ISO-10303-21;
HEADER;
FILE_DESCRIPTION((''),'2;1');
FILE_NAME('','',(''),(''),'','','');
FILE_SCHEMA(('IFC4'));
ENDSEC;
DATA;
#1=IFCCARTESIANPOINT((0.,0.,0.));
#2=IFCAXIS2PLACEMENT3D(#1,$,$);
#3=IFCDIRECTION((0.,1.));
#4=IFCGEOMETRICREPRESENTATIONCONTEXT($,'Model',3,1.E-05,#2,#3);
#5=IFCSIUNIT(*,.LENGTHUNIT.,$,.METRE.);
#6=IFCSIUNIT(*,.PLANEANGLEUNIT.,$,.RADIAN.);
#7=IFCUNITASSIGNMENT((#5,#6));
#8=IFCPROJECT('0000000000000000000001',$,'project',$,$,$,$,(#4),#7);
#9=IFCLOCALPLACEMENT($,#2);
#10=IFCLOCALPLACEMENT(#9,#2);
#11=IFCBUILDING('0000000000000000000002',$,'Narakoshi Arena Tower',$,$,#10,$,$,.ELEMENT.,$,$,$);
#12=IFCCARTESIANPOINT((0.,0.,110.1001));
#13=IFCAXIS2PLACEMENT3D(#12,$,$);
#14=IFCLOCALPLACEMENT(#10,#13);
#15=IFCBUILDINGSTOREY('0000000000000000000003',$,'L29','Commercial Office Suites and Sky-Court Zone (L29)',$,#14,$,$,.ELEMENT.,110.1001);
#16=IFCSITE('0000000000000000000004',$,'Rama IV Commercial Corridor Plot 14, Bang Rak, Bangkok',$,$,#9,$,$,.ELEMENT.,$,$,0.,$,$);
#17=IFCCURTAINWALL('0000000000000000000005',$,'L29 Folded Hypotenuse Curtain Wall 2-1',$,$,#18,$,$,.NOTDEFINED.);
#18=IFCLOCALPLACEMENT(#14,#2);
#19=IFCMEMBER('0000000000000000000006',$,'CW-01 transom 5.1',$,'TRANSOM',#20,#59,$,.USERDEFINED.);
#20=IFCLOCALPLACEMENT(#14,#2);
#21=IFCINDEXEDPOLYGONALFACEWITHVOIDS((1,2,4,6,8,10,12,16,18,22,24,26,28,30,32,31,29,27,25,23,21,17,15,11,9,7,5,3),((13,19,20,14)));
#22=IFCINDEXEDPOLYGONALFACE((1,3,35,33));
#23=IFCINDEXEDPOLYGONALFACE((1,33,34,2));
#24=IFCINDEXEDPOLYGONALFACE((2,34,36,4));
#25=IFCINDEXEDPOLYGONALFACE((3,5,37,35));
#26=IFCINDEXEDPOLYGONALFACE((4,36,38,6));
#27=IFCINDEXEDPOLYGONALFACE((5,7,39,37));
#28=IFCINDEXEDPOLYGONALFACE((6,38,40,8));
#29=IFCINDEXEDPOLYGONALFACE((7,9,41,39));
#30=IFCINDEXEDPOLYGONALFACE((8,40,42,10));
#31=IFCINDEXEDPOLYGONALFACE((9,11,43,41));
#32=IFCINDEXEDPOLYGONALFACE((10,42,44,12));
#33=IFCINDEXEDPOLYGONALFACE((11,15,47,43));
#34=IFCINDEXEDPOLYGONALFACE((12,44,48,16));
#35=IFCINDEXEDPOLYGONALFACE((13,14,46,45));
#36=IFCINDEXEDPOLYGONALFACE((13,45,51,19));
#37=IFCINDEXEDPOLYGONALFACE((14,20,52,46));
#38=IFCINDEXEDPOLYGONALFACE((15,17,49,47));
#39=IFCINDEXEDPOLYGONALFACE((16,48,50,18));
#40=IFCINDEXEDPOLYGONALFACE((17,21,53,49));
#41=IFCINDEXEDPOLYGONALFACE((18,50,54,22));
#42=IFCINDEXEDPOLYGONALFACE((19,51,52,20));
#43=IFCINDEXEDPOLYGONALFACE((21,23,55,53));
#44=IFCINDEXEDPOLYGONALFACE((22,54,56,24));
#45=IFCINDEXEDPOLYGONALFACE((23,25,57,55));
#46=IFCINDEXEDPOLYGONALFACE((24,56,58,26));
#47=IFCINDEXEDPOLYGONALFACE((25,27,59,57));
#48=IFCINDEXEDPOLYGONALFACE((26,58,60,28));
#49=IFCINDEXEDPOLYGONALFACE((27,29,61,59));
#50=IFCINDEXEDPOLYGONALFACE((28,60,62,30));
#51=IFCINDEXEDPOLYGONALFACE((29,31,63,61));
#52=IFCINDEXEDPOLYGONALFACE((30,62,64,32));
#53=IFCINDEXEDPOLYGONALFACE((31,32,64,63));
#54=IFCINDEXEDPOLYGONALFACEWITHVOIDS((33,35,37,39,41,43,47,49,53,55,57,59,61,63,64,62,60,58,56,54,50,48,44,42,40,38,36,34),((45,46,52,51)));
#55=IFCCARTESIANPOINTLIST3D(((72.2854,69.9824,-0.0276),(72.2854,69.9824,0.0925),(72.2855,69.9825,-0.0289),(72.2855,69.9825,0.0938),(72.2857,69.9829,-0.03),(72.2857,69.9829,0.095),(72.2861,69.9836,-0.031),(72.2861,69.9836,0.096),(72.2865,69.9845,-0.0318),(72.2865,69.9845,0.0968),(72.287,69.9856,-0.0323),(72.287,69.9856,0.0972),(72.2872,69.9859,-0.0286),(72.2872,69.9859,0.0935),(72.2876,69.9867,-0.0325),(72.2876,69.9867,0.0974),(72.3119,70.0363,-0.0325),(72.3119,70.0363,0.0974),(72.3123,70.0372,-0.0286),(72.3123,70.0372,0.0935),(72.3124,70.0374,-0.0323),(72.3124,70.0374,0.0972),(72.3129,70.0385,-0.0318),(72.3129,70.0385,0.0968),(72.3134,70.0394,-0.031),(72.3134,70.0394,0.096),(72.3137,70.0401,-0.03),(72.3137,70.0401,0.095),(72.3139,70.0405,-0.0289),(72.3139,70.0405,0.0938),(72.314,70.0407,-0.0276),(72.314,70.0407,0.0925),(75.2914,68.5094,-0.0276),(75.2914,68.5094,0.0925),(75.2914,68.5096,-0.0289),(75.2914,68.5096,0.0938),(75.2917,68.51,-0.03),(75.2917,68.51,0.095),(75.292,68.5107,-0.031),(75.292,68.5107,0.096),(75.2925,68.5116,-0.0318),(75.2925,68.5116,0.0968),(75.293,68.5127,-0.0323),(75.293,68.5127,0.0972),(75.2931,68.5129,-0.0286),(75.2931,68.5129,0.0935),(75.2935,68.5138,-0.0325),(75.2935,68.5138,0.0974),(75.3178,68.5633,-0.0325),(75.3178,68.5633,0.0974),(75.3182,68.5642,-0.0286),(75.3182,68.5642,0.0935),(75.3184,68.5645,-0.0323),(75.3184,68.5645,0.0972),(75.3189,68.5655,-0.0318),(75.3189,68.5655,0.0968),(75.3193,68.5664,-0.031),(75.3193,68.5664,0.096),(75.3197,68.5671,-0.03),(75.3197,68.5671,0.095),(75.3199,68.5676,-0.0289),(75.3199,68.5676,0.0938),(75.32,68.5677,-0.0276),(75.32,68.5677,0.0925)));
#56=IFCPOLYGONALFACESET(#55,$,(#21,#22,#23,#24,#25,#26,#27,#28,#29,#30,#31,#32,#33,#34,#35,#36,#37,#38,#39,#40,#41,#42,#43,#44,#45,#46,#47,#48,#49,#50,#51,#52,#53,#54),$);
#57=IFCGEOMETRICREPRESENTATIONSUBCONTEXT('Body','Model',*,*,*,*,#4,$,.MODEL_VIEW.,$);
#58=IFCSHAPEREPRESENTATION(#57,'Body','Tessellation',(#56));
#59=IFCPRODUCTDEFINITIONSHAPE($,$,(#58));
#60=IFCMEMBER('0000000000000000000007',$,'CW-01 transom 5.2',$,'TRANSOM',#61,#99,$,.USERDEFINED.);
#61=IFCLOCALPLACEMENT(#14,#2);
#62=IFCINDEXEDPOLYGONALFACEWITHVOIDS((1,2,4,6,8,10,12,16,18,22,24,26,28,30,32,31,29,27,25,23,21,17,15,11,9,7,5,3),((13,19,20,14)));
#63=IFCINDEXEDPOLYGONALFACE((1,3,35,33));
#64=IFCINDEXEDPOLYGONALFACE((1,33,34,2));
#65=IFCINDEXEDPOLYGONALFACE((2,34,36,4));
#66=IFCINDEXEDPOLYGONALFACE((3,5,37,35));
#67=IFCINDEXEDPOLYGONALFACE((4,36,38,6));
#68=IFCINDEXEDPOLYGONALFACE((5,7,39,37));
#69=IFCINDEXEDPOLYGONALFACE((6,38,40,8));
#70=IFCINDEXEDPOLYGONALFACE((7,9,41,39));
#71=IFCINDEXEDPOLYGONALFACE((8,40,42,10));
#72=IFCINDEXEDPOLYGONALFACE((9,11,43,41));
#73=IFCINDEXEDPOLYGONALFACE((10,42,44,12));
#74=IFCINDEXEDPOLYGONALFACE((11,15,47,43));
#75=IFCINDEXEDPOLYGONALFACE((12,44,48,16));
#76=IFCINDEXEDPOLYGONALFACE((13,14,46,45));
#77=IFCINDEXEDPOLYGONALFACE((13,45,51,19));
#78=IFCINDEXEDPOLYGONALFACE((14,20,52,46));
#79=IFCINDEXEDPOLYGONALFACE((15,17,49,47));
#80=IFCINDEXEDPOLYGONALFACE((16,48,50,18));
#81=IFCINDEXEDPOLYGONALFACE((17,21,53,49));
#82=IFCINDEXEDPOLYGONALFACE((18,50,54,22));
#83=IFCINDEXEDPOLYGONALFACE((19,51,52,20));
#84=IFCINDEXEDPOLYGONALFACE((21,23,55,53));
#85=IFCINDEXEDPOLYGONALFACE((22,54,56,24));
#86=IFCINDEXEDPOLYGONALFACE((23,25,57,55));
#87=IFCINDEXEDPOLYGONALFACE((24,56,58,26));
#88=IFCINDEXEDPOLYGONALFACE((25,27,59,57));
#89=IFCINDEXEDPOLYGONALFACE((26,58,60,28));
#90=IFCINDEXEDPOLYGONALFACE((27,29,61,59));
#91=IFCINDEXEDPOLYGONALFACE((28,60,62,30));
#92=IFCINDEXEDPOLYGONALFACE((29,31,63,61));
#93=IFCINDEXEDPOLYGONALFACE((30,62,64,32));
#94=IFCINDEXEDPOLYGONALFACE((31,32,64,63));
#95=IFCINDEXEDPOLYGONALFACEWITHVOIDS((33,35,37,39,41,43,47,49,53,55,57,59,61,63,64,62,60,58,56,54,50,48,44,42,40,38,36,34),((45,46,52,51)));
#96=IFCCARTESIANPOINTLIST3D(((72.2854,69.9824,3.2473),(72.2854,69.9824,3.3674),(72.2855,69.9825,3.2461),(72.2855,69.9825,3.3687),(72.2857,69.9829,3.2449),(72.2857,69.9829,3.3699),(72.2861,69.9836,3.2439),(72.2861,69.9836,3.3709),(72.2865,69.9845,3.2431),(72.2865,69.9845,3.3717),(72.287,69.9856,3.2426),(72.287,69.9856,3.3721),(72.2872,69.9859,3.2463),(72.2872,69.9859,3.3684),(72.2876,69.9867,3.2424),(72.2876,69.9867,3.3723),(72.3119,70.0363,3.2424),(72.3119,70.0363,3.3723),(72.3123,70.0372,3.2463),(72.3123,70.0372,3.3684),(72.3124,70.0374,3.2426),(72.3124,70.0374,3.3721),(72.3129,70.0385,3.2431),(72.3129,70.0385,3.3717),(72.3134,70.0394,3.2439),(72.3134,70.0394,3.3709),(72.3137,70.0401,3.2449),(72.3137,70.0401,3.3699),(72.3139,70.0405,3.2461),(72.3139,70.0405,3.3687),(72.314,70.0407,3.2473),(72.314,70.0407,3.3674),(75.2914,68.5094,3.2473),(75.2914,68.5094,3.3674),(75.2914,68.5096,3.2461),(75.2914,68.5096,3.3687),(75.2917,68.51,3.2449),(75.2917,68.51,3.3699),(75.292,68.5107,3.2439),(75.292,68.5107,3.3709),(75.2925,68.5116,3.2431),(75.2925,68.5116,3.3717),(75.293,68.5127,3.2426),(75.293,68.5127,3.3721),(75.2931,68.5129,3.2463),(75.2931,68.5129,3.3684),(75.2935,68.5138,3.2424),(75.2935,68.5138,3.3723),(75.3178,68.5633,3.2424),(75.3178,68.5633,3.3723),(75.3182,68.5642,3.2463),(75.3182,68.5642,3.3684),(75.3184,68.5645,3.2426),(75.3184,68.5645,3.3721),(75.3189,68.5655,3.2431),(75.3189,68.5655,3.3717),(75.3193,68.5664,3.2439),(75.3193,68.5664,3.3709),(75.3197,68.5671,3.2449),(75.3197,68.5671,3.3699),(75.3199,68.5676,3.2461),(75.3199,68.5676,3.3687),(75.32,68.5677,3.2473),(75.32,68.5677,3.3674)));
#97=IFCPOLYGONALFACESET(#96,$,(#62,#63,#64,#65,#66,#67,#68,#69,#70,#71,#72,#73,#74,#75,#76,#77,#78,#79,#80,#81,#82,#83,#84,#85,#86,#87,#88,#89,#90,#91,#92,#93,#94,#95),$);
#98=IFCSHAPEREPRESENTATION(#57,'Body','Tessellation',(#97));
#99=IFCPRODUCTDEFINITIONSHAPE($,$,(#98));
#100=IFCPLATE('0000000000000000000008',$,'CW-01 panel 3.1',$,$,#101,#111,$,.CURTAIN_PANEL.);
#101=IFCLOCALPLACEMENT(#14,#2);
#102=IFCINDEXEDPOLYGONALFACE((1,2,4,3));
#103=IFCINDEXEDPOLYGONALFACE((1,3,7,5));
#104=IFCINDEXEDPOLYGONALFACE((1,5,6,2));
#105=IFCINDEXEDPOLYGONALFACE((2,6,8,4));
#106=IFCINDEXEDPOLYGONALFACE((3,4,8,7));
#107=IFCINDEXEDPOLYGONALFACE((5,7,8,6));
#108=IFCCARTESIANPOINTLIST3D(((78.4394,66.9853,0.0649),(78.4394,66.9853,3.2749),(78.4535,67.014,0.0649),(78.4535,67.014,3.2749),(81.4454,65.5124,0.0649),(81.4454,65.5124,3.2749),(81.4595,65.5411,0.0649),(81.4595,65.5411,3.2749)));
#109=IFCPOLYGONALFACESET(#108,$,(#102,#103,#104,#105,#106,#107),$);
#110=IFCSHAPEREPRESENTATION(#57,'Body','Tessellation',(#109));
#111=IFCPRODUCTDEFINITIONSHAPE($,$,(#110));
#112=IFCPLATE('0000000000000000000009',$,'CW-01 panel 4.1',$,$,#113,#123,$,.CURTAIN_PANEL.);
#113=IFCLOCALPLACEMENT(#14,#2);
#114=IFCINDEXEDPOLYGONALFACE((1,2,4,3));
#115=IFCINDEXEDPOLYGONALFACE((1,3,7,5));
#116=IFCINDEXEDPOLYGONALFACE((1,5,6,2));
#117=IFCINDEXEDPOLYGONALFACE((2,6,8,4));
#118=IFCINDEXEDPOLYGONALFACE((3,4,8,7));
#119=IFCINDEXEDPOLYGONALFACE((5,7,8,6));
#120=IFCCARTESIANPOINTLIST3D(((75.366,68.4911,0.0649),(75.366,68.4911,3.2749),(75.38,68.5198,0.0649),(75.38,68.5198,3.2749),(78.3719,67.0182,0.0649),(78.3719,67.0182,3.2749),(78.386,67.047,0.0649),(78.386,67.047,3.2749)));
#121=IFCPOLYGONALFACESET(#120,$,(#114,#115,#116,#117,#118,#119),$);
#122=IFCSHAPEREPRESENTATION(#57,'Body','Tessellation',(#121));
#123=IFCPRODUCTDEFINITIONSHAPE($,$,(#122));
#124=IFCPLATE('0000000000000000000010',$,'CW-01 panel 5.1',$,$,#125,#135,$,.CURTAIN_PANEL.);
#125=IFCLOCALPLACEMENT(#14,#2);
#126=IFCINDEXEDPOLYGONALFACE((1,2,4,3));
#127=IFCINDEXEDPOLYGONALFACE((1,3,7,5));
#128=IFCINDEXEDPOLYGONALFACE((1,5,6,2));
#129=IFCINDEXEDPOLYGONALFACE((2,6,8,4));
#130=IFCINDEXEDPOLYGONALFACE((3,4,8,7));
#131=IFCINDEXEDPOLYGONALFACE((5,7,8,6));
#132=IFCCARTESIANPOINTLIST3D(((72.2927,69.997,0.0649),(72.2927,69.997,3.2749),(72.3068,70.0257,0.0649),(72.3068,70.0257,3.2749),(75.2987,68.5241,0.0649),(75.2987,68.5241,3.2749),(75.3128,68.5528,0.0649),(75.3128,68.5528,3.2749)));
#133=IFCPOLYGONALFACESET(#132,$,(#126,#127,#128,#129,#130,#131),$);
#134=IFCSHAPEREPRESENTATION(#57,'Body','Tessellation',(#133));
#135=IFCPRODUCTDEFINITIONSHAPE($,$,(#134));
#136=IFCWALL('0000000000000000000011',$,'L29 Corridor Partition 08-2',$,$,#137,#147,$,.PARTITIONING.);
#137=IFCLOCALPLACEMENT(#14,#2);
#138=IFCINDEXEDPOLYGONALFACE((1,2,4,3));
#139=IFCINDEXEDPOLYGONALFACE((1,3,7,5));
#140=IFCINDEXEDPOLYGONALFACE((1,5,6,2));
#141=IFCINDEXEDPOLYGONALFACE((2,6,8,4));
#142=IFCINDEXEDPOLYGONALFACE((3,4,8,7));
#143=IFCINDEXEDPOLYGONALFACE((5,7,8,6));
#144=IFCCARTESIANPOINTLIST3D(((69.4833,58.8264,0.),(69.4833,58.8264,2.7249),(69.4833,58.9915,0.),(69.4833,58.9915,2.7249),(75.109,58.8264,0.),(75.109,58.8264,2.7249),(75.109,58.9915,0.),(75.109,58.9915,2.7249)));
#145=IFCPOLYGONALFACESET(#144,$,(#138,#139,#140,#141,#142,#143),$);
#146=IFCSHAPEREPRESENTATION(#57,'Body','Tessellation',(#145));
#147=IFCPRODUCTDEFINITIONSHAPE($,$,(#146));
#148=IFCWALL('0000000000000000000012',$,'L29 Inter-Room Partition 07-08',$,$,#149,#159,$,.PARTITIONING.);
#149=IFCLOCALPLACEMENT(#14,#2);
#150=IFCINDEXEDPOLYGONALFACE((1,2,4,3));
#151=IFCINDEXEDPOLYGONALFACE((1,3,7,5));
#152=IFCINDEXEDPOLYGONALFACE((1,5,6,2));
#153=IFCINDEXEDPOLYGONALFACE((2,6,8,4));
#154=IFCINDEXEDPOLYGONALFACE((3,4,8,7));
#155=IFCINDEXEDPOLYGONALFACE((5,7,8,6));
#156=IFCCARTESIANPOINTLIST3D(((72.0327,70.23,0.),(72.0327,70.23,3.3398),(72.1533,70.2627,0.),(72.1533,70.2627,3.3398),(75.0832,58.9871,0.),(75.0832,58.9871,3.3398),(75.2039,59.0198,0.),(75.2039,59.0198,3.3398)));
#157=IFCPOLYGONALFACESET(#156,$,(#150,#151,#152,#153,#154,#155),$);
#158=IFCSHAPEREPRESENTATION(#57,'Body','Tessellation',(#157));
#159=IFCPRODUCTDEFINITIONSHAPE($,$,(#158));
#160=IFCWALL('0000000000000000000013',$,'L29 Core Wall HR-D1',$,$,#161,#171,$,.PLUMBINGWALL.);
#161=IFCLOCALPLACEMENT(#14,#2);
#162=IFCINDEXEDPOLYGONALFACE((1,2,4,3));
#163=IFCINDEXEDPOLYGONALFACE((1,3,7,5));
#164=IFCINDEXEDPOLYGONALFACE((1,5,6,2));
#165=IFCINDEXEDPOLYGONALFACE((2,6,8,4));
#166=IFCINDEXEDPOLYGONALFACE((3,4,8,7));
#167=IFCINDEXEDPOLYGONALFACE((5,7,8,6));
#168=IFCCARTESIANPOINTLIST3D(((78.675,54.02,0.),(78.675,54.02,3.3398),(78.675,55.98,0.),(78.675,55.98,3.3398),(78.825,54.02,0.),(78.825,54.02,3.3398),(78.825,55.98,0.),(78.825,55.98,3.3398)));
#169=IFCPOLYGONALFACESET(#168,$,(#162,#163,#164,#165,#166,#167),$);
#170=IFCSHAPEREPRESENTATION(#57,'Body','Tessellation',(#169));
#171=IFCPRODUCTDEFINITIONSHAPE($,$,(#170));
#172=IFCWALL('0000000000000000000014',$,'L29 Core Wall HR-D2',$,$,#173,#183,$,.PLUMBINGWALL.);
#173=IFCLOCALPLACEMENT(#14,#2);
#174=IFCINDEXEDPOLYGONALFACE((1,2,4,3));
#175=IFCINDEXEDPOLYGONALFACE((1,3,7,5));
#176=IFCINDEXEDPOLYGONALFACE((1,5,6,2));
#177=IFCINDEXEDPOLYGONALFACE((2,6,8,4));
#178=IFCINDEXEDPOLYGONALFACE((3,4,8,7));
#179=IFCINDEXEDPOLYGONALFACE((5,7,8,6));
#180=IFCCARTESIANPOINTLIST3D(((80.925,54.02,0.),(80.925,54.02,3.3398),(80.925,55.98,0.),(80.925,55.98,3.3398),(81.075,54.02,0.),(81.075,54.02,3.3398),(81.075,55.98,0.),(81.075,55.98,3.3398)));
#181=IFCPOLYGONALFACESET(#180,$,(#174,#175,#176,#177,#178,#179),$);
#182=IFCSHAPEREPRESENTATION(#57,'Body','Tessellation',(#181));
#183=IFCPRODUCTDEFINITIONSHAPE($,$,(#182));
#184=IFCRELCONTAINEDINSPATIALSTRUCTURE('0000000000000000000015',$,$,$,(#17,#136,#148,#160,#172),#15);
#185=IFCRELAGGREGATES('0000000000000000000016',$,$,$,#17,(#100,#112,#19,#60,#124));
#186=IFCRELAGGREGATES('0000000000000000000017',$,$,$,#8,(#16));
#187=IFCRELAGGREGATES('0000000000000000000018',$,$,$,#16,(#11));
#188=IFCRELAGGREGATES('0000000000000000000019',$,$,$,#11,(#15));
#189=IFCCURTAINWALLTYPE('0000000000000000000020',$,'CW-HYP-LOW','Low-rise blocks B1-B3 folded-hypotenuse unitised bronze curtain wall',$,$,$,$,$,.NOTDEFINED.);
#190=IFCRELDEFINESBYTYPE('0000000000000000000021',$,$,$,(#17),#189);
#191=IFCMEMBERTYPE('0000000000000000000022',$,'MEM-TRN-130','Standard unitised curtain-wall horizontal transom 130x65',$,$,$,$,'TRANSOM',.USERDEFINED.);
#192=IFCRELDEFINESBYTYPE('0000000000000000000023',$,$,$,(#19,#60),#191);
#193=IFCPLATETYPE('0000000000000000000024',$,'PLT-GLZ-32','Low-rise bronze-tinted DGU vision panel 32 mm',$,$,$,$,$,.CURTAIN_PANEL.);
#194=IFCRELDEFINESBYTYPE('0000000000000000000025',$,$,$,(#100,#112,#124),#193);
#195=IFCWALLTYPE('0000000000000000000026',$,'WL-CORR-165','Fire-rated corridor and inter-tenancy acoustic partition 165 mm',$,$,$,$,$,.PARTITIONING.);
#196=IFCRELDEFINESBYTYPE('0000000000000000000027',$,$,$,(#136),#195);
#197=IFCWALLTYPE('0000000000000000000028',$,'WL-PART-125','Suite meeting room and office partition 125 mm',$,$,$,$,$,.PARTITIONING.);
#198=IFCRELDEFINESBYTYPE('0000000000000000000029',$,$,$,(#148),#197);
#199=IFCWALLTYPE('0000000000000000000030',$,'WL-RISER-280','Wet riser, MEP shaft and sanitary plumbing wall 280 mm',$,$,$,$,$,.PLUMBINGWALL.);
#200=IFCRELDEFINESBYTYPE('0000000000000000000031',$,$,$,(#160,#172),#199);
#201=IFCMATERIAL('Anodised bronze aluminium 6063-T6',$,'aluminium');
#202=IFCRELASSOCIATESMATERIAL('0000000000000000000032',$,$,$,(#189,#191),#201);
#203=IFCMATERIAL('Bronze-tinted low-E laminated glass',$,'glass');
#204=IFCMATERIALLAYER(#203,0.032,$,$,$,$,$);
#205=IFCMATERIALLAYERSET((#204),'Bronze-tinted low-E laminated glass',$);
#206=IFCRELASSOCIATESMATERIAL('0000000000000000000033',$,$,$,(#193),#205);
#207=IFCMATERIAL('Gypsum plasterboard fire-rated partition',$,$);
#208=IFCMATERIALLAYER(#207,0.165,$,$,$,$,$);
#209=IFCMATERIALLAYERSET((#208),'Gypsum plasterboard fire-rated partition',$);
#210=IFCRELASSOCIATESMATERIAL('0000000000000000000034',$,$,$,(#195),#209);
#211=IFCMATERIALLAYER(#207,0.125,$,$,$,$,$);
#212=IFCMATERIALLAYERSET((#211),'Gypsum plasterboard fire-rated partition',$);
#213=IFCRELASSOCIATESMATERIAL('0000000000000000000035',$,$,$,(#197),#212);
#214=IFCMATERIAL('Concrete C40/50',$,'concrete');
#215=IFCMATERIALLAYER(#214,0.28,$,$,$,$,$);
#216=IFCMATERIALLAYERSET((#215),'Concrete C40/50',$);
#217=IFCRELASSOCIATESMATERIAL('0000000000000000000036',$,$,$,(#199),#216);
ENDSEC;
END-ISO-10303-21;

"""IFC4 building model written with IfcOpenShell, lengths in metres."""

from ifc_helpers import new_model, si_unit, direction, frame, frame_2d, origin, origin_2d, place, context, subcontext, project, spatial, rectangle, hollow_rectangle, extrude, material, layer, layer_set, material_profile, profile_set, type_object, element, aggregate, save


model = new_model("IFC4")

# Units and contexts
model_context = context("Model", 3, precision=1e-05, world=origin(), true_north=direction((0.0, 1.0)))
body_context = subcontext(model_context, "Body", "Model", "MODEL_VIEW")
ifc_project = project(units=[si_unit("LENGTHUNIT", "METRE"), si_unit("PLANEANGLEUNIT", "RADIAN")], contexts=[model_context])

# Site, building, storey
site_placement = place(None, origin())
site = spatial("IfcSite", under=ifc_project, at=site_placement, Name="Rama IV Commercial Corridor Plot 14, Bang Rak, Bangkok", CompositionType="ELEMENT", RefElevation=0.0)
building_placement = place(site_placement, origin())
building = spatial("IfcBuilding", under=site, at=building_placement, Name="Narakoshi Arena Tower", CompositionType="ELEMENT")
storey_placement = place(building_placement, frame((0.0, 0.0, 110.1001)))
storey = spatial("IfcBuildingStorey", under=building, at=storey_placement, Name="L29", Description="Commercial Office Suites and Sky-Court Zone (L29)", CompositionType="ELEMENT", Elevation=110.1001)

# Curtain wall, members, plates
ifc_material_1 = material(Name="Anodised bronze aluminium 6063-T6", Category="aluminium")
curtain_wall_type = type_object("IfcCurtainWallType", Name="CW-HYP-LOW", Description="Low-rise blocks B1-B3 folded-hypotenuse unitised bronze curtain wall", PredefinedType="NOTDEFINED", material=ifc_material_1)
curtain_wall_placement = place(storey_placement, origin())
curtain_wall = element("IfcCurtainWall", 1, at=curtain_wall_placement, inside=storey, type_object=curtain_wall_type, Name="L29 Folded Hypotenuse Curtain Wall 2-1", PredefinedType="NOTDEFINED")
ifc_material_profile_1 = material_profile(ifc_material_1, hollow_rectangle(XDim=0.0649, YDim=0.1299, WallThickness=0.0039, OuterFilletRadius=0.0049, at=origin_2d()), Name="TRN130x65x4")
ifc_profile_set_1 = profile_set([ifc_material_profile_1], Name="Anodised bronze aluminium 6063-T6")
member_type_1 = type_object("IfcMemberType", Name="MEM-TRN-130", Description="Standard unitised curtain-wall horizontal transom 130x65", ElementType="TRANSOM", PredefinedType="USERDEFINED", material=ifc_profile_set_1)
member_1_placement = place(storey_placement, frame((75.3057, 68.5386, 0.0325), z_axis=(-0.897987, 0.440022, 0.0), x_axis=(-0.440022, -0.897987, 0.0)))
member_1 = element("IfcMember", 2, at=member_1_placement, type_object=member_type_1, Name="CW-01 transom 5.1", ObjectType="TRANSOM", PredefinedType="USERDEFINED", context=body_context, shape_type="SweptSolid", body=[
    extrude(hollow_rectangle(XDim=0.0649, YDim=0.1299, WallThickness=0.0039, OuterFilletRadius=0.0049, at=origin_2d()), origin(), (0.0, 0.0, 1.0), 3.3474),
])
member_2_placement = place(storey_placement, frame((75.3057, 68.5386, 3.3074), z_axis=(-0.897987, 0.440022, 0.0), x_axis=(-0.440022, -0.897987, 0.0)))
member_2 = element("IfcMember", 3, at=member_2_placement, type_object=member_type_1, Name="CW-01 transom 5.2", ObjectType="TRANSOM", PredefinedType="USERDEFINED", context=body_context, shape_type="SweptSolid", body=[
    extrude(hollow_rectangle(XDim=0.0649, YDim=0.1299, WallThickness=0.0039, OuterFilletRadius=0.0049, at=origin_2d()), origin(), (0.0, 0.0, 1.0), 3.3474),
])
ifc_material_2 = material(Name="Bronze-tinted low-E laminated glass", Category="glass")
ifc_layer_1 = layer(ifc_material_2, 0.032)
ifc_layer_set_1 = layer_set([ifc_layer_1], Name="Bronze-tinted low-E laminated glass")
plate_type = type_object("IfcPlateType", Name="PLT-GLZ-32", Description="Low-rise bronze-tinted DGU vision panel 32 mm", PredefinedType="CURTAIN_PANEL", material=ifc_layer_set_1)
plate_1_placement = place(storey_placement, frame((79.9495, 66.2632, 0.0649), z_axis=(0.0, 0.0, 1.0), x_axis=(-0.897996, 0.440005, 0.0)))
plate_1 = element("IfcPlate", 4, at=plate_1_placement, type_object=plate_type, Name="CW-01 panel 3.1", PredefinedType="CURTAIN_PANEL", context=body_context, shape_type="SweptSolid", body=[
    extrude(rectangle(XDim=3.3474, YDim=0.032, at=origin_2d()), origin(), (0.0, 0.0, 1.0), 3.21),
])
plate_2_placement = place(storey_placement, frame((76.876, 67.769, 0.0649), z_axis=(0.0, 0.0, 1.0), x_axis=(-0.897996, 0.440005, 0.0)))
plate_2 = element("IfcPlate", 5, at=plate_2_placement, type_object=plate_type, Name="CW-01 panel 4.1", PredefinedType="CURTAIN_PANEL", context=body_context, shape_type="SweptSolid", body=[
    extrude(rectangle(XDim=3.3474, YDim=0.032, at=origin_2d()), origin(), (0.0, 0.0, 1.0), 3.21),
])
plate_3_placement = place(storey_placement, frame((73.8027, 69.2749, 0.0649), z_axis=(0.0, 0.0, 1.0), x_axis=(-0.897996, 0.440005, 0.0)))
plate_3 = element("IfcPlate", 6, at=plate_3_placement, type_object=plate_type, Name="CW-01 panel 5.1", PredefinedType="CURTAIN_PANEL", context=body_context, shape_type="SweptSolid", body=[
    extrude(rectangle(XDim=3.3474, YDim=0.032, at=origin_2d()), origin(), (0.0, 0.0, 1.0), 3.21),
])
aggregate(curtain_wall, [plate_1, plate_2, member_1, member_2, plate_3])

# Walls
ifc_material_3 = material(Name="Gypsum plasterboard fire-rated partition")
ifc_layer_2 = layer(ifc_material_3, 0.165)
ifc_layer_set_2 = layer_set([ifc_layer_2], Name="Gypsum plasterboard fire-rated partition")
wall_type_1 = type_object("IfcWallType", Name="WL-CORR-165", Description="Fire-rated corridor and inter-tenancy acoustic partition 165 mm", PredefinedType="PARTITIONING", material=ifc_layer_set_2)
wall_1_placement = place(storey_placement, frame((75.1091, 58.9089, 0.0), z_axis=(0.0, 0.0, 1.0), x_axis=(-1.0, 0.0, 0.0)))
element("IfcWall", 7, at=wall_1_placement, inside=storey, type_object=wall_type_1, Name="L29 Corridor Partition 08-2", PredefinedType="PARTITIONING", context=body_context, shape_type="SweptSolid", body=[
    extrude(rectangle(XDim=5.6257, YDim=0.165, at=frame_2d((2.813, 0.0))), origin(), (0.0, 0.0, 1.0), 2.7249),
])
ifc_layer_3 = layer(ifc_material_3, 0.125)
ifc_layer_set_3 = layer_set([ifc_layer_3], Name="Gypsum plasterboard fire-rated partition")
wall_type_2 = type_object("IfcWallType", Name="WL-PART-125", Description="Suite meeting room and office partition 125 mm", PredefinedType="PARTITIONING", material=ifc_layer_set_3)
wall_2_placement = place(storey_placement, frame((75.1436, 59.0034, 0.0), z_axis=(0.0, 0.0, 1.0), x_axis=(-0.261862, 0.965105, 0.0)))
element("IfcWall", 8, at=wall_2_placement, inside=storey, type_object=wall_type_2, Name="L29 Inter-Room Partition 07-08", PredefinedType="PARTITIONING", context=body_context, shape_type="SweptSolid", body=[
    extrude(rectangle(XDim=11.6494, YDim=0.125, at=frame_2d((5.8247, 0.0))), origin(), (0.0, 0.0, 1.0), 3.3398),
])
ifc_material_4 = material(Name="Concrete C40/50", Category="concrete")
ifc_layer_4 = layer(ifc_material_4, 0.28)
ifc_layer_set_4 = layer_set([ifc_layer_4], Name="Concrete C40/50")
wall_type_3 = type_object("IfcWallType", Name="WL-RISER-280", Description="Wet riser, MEP shaft and sanitary plumbing wall 280 mm", PredefinedType="PLUMBINGWALL", material=ifc_layer_set_4)
for number, where, z_axis, x_axis, name in (
    (9, (78.75, 54.02, 0.0), (0.0, 0.0, 1.0), (0.0, 1.0, 0.0), "L29 Core Wall HR-D1"),
    (10, (81.0, 54.02, 0.0), (0.0, 0.0, 1.0), (0.0, 1.0, 0.0), "L29 Core Wall HR-D2"),
):
    element("IfcWall", number, at=place(storey_placement, frame(where, z_axis=z_axis, x_axis=x_axis)), inside=storey, type_object=wall_type_3, Name=name, PredefinedType="PLUMBINGWALL", context=body_context, shape_type="SweptSolid", body=[
        extrude(rectangle(XDim=1.96, YDim=0.1499, at=frame_2d((0.98, 0.0))), origin(), (0.0, 0.0, 1.0), 3.3398),
    ])

save(model, "model.ifc")
